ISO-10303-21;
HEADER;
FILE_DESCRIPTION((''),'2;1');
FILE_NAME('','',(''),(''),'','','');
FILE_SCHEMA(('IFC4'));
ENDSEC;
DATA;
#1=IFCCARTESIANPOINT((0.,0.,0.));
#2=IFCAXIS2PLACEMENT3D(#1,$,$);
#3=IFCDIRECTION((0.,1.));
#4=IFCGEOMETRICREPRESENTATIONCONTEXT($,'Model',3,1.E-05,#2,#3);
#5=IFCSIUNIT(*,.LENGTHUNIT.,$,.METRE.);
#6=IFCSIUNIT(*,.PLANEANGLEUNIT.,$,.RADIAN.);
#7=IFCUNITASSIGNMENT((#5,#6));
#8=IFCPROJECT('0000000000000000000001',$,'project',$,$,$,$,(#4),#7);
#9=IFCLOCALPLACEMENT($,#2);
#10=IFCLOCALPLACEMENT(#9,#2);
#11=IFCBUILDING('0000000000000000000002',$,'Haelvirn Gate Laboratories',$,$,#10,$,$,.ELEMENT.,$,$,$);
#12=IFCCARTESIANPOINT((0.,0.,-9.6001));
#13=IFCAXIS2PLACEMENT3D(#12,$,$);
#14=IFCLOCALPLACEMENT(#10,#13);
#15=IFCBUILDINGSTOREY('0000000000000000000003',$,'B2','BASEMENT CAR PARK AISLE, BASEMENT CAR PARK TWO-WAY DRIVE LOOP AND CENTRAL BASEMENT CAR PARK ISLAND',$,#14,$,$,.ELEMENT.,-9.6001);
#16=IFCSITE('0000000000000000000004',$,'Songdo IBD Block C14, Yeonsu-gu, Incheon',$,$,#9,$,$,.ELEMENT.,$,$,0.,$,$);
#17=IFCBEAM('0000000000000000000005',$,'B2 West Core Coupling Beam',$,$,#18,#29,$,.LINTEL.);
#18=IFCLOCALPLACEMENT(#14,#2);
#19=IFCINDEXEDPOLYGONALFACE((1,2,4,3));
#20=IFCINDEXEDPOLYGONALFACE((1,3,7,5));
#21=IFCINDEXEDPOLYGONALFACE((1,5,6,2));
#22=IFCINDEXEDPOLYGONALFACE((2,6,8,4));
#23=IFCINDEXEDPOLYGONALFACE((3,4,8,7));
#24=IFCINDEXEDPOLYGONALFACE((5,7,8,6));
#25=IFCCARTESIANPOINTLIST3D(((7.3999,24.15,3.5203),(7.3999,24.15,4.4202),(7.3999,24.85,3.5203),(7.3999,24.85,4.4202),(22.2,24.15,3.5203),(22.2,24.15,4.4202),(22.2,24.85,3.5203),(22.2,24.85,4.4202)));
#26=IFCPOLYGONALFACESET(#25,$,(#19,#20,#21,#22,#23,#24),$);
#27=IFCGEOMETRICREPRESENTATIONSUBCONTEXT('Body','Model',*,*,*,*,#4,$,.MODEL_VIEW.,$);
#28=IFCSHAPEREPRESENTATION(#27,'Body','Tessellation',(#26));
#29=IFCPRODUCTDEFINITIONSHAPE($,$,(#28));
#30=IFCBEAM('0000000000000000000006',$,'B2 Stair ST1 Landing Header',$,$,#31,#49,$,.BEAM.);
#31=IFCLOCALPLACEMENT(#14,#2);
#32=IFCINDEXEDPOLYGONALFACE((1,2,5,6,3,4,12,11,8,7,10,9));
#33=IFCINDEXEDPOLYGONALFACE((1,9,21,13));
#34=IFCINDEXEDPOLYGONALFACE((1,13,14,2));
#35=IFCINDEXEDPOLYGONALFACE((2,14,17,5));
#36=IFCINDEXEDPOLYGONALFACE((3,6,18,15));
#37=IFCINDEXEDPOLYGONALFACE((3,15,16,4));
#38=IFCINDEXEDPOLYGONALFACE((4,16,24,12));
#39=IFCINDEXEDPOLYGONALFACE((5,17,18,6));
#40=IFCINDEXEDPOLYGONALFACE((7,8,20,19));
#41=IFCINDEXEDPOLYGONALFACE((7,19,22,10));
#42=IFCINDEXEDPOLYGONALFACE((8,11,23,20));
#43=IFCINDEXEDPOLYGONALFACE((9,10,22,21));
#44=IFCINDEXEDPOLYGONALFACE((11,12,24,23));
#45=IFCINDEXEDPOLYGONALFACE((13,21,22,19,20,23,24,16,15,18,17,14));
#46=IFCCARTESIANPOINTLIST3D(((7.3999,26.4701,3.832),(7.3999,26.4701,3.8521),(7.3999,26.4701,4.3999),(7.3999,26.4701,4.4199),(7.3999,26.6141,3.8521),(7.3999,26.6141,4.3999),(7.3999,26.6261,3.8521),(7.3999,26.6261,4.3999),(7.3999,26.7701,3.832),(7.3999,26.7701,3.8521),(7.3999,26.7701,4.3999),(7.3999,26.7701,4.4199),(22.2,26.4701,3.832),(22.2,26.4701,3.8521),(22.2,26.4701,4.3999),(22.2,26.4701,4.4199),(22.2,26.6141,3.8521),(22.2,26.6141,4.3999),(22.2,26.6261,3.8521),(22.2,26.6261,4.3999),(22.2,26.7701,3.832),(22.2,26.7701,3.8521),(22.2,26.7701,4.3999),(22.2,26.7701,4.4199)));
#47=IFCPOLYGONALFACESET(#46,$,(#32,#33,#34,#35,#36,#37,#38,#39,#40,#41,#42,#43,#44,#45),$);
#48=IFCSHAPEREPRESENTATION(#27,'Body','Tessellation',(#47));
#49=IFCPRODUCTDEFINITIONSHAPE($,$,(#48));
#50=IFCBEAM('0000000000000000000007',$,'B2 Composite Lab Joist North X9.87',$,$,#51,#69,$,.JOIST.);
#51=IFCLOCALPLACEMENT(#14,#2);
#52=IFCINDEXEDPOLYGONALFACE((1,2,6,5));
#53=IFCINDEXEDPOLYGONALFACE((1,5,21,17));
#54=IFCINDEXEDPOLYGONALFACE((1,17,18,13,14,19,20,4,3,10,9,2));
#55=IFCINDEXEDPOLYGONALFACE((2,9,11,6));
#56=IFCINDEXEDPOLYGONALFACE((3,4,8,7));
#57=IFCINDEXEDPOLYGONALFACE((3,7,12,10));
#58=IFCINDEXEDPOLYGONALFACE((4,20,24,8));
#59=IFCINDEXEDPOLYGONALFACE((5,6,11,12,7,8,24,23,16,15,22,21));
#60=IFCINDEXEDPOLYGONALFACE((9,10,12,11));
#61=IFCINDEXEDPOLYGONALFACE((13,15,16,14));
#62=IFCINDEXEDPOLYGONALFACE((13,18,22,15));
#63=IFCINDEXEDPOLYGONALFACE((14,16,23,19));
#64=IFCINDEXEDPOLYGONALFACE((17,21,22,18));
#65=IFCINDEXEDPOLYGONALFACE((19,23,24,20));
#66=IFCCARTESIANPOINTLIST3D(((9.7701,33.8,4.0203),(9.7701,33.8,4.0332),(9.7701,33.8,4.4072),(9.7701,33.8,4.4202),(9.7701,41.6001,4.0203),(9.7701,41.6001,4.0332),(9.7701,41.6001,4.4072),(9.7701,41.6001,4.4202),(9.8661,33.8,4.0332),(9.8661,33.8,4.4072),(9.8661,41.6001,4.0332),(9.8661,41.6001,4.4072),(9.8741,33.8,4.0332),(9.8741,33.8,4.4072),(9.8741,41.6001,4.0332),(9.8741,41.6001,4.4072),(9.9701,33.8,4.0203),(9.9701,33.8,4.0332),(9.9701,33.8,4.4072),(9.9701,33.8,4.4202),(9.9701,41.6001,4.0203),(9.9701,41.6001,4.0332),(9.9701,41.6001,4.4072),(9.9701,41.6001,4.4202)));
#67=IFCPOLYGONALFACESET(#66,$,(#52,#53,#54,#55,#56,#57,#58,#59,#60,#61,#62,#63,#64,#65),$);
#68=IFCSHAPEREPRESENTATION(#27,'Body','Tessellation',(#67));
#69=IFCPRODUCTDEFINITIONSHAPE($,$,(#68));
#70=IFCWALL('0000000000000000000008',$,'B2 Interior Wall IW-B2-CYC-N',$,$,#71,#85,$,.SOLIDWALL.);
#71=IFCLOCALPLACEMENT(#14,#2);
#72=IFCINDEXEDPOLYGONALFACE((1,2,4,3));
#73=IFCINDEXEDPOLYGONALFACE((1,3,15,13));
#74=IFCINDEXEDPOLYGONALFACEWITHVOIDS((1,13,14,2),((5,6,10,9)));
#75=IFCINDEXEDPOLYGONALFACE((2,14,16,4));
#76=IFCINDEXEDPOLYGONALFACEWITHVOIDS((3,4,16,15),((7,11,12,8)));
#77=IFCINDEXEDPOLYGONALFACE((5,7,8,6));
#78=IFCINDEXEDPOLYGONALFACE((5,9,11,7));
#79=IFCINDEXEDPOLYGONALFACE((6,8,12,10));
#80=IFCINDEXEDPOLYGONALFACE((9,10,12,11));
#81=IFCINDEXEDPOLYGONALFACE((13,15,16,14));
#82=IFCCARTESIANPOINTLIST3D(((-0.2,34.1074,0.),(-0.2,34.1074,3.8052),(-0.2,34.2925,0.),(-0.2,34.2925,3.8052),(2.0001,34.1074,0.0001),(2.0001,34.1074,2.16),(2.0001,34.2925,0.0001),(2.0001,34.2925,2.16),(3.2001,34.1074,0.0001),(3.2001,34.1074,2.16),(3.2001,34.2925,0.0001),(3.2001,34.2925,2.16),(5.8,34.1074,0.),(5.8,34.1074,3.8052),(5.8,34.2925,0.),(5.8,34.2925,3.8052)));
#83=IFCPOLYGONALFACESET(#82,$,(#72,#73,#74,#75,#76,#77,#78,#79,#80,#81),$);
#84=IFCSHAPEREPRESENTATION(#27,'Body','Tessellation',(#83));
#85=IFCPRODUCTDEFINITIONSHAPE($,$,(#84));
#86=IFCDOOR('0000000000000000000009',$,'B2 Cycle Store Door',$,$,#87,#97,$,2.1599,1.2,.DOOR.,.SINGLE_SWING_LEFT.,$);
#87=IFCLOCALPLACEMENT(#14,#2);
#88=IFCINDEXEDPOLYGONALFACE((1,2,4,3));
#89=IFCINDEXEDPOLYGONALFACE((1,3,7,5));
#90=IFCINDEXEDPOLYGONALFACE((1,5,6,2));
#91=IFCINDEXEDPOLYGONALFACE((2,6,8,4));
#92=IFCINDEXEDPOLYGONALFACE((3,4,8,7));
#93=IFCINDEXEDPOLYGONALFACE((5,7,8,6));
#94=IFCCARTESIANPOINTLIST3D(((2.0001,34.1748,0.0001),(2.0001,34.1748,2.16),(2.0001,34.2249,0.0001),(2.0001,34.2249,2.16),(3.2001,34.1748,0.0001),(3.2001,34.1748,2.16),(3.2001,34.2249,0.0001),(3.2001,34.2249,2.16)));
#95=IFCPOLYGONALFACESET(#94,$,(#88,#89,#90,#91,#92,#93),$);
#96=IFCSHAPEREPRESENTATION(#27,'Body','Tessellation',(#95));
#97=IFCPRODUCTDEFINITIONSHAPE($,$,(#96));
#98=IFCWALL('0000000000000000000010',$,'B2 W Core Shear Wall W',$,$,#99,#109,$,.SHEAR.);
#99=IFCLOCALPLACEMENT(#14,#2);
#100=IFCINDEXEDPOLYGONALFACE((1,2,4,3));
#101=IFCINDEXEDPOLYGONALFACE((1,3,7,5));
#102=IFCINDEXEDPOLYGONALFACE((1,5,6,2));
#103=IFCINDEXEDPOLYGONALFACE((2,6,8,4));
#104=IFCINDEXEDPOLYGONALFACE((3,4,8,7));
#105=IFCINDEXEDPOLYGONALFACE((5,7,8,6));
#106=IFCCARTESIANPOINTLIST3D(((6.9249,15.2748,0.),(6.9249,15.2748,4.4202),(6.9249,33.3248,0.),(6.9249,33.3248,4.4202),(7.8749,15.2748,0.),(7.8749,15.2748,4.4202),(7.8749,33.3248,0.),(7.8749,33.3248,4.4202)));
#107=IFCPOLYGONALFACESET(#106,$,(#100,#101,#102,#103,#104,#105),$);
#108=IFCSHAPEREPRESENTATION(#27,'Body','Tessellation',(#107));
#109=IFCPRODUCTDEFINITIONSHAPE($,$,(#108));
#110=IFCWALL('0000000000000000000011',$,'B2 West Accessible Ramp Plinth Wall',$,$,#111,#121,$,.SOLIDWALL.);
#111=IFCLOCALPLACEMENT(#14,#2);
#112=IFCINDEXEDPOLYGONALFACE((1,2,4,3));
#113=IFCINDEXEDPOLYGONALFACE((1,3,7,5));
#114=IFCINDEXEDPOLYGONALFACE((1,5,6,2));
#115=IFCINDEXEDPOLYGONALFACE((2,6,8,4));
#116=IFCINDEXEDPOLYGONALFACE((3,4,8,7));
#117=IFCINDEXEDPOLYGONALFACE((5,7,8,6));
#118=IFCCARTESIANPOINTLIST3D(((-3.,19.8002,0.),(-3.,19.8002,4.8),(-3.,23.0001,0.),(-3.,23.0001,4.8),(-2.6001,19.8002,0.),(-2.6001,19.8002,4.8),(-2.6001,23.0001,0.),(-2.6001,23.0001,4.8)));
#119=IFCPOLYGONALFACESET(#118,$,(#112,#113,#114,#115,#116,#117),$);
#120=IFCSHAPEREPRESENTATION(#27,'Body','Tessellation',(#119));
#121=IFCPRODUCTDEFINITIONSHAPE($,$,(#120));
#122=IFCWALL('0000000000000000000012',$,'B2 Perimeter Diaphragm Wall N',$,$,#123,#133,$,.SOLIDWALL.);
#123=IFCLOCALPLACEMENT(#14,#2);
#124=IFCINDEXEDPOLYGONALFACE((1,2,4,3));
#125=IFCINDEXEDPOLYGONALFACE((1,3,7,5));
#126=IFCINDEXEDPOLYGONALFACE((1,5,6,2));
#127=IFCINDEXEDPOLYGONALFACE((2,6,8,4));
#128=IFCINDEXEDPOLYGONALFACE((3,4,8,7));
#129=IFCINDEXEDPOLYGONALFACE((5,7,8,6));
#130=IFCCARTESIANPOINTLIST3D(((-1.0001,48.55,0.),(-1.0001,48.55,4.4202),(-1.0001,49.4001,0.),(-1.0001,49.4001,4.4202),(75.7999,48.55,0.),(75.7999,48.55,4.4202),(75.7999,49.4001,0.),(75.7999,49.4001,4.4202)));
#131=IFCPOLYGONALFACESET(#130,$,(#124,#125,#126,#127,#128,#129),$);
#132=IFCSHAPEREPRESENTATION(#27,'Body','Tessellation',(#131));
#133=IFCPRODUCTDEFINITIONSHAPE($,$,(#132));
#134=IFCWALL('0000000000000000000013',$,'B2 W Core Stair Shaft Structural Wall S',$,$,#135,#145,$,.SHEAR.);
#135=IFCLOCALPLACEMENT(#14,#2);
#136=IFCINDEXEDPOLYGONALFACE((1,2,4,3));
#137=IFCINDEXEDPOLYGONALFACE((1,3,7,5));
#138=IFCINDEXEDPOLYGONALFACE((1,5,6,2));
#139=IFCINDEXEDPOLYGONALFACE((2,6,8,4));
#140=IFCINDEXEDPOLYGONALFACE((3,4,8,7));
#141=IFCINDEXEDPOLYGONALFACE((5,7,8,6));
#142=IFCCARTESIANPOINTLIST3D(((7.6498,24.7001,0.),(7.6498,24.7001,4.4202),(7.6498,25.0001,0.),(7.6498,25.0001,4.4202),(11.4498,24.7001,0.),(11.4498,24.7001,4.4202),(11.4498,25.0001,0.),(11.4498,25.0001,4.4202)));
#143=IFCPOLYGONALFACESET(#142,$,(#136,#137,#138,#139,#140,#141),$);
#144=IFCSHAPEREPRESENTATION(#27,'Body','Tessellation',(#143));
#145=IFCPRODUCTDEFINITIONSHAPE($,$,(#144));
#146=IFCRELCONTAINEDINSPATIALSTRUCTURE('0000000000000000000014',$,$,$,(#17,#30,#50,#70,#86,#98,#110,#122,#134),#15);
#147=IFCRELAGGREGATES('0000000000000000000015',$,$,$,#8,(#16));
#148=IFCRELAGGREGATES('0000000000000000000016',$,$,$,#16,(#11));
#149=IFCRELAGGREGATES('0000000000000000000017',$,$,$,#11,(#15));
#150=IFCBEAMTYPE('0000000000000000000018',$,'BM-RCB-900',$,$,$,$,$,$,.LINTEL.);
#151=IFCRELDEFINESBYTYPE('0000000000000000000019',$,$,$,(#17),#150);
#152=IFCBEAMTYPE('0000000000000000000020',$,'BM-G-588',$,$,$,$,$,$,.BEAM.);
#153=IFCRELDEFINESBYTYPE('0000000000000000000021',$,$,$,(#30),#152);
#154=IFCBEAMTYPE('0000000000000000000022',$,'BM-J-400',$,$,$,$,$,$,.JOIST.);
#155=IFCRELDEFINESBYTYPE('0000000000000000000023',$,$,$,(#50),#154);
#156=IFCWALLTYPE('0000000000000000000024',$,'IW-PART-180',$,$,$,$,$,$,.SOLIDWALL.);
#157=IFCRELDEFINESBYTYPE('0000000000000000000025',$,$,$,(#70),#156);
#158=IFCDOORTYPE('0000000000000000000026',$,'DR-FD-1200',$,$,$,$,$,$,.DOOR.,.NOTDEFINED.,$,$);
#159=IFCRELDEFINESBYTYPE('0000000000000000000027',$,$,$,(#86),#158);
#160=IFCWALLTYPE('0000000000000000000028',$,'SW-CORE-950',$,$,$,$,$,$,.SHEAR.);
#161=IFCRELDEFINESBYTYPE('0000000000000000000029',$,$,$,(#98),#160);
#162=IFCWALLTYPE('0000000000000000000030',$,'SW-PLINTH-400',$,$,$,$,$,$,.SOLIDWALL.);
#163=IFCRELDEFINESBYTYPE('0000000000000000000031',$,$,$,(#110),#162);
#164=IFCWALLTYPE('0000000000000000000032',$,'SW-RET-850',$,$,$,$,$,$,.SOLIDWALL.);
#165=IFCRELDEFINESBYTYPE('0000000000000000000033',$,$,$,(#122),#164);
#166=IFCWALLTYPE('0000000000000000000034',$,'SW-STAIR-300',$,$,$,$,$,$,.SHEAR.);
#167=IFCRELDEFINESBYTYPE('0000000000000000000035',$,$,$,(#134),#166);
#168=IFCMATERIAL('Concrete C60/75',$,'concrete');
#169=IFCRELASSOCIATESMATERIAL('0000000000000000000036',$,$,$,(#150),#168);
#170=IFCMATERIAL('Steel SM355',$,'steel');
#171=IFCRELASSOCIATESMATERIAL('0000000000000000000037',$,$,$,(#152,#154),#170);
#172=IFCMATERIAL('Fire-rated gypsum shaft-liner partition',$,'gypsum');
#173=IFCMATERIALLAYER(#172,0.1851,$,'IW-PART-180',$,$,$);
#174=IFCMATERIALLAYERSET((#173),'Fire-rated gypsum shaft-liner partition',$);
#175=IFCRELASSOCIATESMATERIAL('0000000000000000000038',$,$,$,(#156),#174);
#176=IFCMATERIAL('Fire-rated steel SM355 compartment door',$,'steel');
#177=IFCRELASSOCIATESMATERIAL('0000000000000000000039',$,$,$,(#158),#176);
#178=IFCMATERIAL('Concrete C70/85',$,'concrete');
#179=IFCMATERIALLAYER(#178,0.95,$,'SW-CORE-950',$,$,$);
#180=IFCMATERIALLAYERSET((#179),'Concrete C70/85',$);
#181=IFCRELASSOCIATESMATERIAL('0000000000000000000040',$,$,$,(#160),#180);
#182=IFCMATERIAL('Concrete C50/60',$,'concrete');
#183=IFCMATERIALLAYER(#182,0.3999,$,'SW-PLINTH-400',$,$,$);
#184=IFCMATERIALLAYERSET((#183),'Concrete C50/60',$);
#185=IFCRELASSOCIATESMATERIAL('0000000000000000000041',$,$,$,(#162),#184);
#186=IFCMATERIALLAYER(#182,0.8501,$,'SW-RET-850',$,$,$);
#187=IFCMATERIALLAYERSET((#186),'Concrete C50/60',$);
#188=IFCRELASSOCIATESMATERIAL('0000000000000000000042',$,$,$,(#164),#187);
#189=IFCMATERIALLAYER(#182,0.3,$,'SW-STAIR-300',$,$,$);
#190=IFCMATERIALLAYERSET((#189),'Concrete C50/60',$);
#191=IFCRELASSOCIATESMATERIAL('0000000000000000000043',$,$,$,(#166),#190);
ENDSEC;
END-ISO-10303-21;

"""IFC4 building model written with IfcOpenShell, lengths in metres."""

from ifc_helpers import new_model, si_unit, direction, frame, frame_2d, origin, origin_2d, place, context, subcontext, project, spatial, rectangle, i_section, extrude, source, transform, mapped, material, layer, layer_set, material_profile, profile_set, type_object, type_shapes, element, fill, save


model = new_model("IFC4")

# Units and contexts
model_context = context("Model", 3, precision=1e-05, world=origin(), true_north=direction((0.0, 1.0)))
body_context = subcontext(model_context, "Body", "Model", "MODEL_VIEW")
ifc_project = project(units=[si_unit("LENGTHUNIT", "METRE"), si_unit("PLANEANGLEUNIT", "RADIAN")], contexts=[model_context])

# Site, building, storey
site_placement = place(None, origin())
site = spatial("IfcSite", under=ifc_project, at=site_placement, Name="Songdo IBD Block C14, Yeonsu-gu, Incheon", CompositionType="ELEMENT", RefElevation=0.0)
building_placement = place(site_placement, origin())
building = spatial("IfcBuilding", under=site, at=building_placement, Name="Haelvirn Gate Laboratories", CompositionType="ELEMENT")
storey_placement = place(building_placement, frame((0.0, 0.0, -9.6001)))
storey = spatial("IfcBuildingStorey", under=building, at=storey_placement, Name="B2", Description="BASEMENT CAR PARK AISLE, BASEMENT CAR PARK TWO-WAY DRIVE LOOP AND CENTRAL BASEMENT CAR PARK ISLAND", CompositionType="ELEMENT", Elevation=-9.6001)

# Shared definitions
ifc_material_1 = material(Name="Concrete C70/85", Category="concrete")
ifc_material_2 = material(Name="Concrete C60/75", Category="concrete")

# Beams
ifc_material_3 = material(Name="Steel SM355", Category="steel")
ifc_material_profile_1 = material_profile(ifc_material_2, rectangle(XDim=0.7, YDim=0.8999, at=origin_2d()), Name="RCB-700x900")
ifc_profile_set_1 = profile_set([ifc_material_profile_1], Name="Concrete C60/75")
beam_type_1 = type_object("IfcBeamType", Name="BM-RCB-900", PredefinedType="LINTEL", material=ifc_profile_set_1)
shared_shape_1 = source(origin(), body_context, "Body", "SweptSolid", [
    extrude(rectangle(XDim=0.7, YDim=0.8999, at=origin_2d()), origin(), (0.0, 0.0, 1.0), 14.8),
])
type_shapes(beam_type_1, [shared_shape_1])
beam_1_placement = place(storey_placement, frame((7.3999, 24.5, 3.9702), z_axis=(1.0, 0.0, 0.0), x_axis=(0.0, 1.0, 0.0)))
element("IfcBeam", 1, at=beam_1_placement, inside=storey, type_object=beam_type_1, Name="B2 West Core Coupling Beam", PredefinedType="LINTEL", context=body_context, shape_type="MappedRepresentation", body=[
    mapped(shared_shape_1, transform((0.0, 0.0, 0.0), scale=1.0)),
])
ifc_material_profile_2 = material_profile(ifc_material_3, i_section(OverallWidth=0.3, OverallDepth=0.5879, WebThickness=0.012, FlangeThickness=0.02, at=origin_2d()), Name="H-588x300x12x20")
ifc_profile_set_2 = profile_set([ifc_material_profile_2], Name="Steel SM355")
beam_type_2 = type_object("IfcBeamType", Name="BM-G-588", PredefinedType="BEAM", material=ifc_profile_set_2)
shared_shape_2 = source(origin(), body_context, "Body", "SweptSolid", [
    extrude(i_section(OverallWidth=0.3, OverallDepth=0.5879, WebThickness=0.012, FlangeThickness=0.02, at=origin_2d()), origin(), (0.0, 0.0, 1.0), 14.8),
])
type_shapes(beam_type_2, [shared_shape_2])
beam_2_placement = place(storey_placement, frame((7.3999, 26.6201, 4.126), z_axis=(1.0, 0.0, 0.0), x_axis=(0.0, 1.0, 0.0)))
element("IfcBeam", 2, at=beam_2_placement, inside=storey, type_object=beam_type_2, Name="B2 Stair ST1 Landing Header", PredefinedType="BEAM", context=body_context, shape_type="MappedRepresentation", body=[
    mapped(shared_shape_2, transform((0.0, 0.0, 0.0), scale=1.0)),
])
ifc_material_profile_3 = material_profile(ifc_material_3, i_section(OverallWidth=0.2, OverallDepth=0.3999, WebThickness=0.0081, FlangeThickness=0.0129, at=origin_2d()), Name="H-400x200x8x13")
ifc_profile_set_3 = profile_set([ifc_material_profile_3], Name="Steel SM355")
beam_type_3 = type_object("IfcBeamType", Name="BM-J-400", PredefinedType="JOIST", material=ifc_profile_set_3)
shared_shape_3 = source(origin(), body_context, "Body", "SweptSolid", [
    extrude(i_section(OverallWidth=0.2, OverallDepth=0.3999, WebThickness=0.0081, FlangeThickness=0.0129, at=origin_2d()), origin(), (0.0, 0.0, 1.0), 7.8),
])
type_shapes(beam_type_3, [shared_shape_3])
beam_3_placement = place(storey_placement, frame((9.8701, 33.8, 4.2202), z_axis=(0.0, 1.0, 0.0), x_axis=(-1.0, 0.0, 0.0)))
element("IfcBeam", 3, at=beam_3_placement, inside=storey, type_object=beam_type_3, Name="B2 Composite Lab Joist North X9.87", PredefinedType="JOIST", context=body_context, shape_type="MappedRepresentation", body=[
    mapped(shared_shape_3, transform((0.0, 0.0, 0.0), scale=1.0)),
])

# Wall, opening, door
ifc_material_4 = material(Name="Fire-rated gypsum shaft-liner partition", Category="gypsum")
ifc_layer_1 = layer(ifc_material_4, 0.1851, Name="IW-PART-180")
ifc_layer_set_1 = layer_set([ifc_layer_1], Name="Fire-rated gypsum shaft-liner partition")
wall_type_1 = type_object("IfcWallType", Name="IW-PART-180", PredefinedType="SOLIDWALL", material=ifc_layer_set_1)
wall_1_placement = place(storey_placement, frame((-0.2, 34.2, 0.0), z_axis=(0.0, 0.0, 1.0), x_axis=(1.0, 0.0, 0.0)))
wall_1 = element("IfcWall", 4, at=wall_1_placement, inside=storey, type_object=wall_type_1, Name="B2 Interior Wall IW-B2-CYC-N", PredefinedType="SOLIDWALL", context=body_context, shape_type="SweptSolid", body=[
    extrude(rectangle(XDim=6.0, YDim=0.1851, at=frame_2d((3.0, 0.0))), origin(), (0.0, 0.0, 1.0), 3.8052),
])
opening_1_placement = place(wall_1_placement, frame((2.2, 0.0, 0.0)))
opening_1 = element("IfcOpeningElement", 5, at=opening_1_placement, cuts=wall_1, PredefinedType="OPENING", context=body_context, shape_type="SweptSolid", body=[
    extrude(rectangle(XDim=1.2, YDim=2.1599, at=frame_2d((0.6001, 1.0801))), frame((0.0, 0.1025, 0.0), z_axis=(0.0, -1.0, 0.0), x_axis=(1.0, 0.0, 0.0)), (0.0, 0.0, 1.0), 0.2051),
])
ifc_material_5 = material(Name="Fire-rated steel SM355 compartment door", Category="steel")
door_type_1 = type_object("IfcDoorType", Name="DR-FD-1200", OperationType="NOTDEFINED", PredefinedType="DOOR", material=ifc_material_5)
shared_shape_4 = source(origin(), body_context, "Body", "SweptSolid", [
    extrude(rectangle(XDim=1.2, YDim=2.1599, at=frame_2d((0.6001, 1.0801))), frame((0.0, 0.0249, 0.0), z_axis=(0.0, -1.0, 0.0), x_axis=(1.0, 0.0, 0.0)), (0.0, 0.0, 1.0), 0.05),
])
type_shapes(door_type_1, [shared_shape_4])
door_1_placement = place(opening_1_placement, origin())
door_1 = element("IfcDoor", 6, at=door_1_placement, inside=storey, type_object=door_type_1, Name="B2 Cycle Store Door", OperationType="SINGLE_SWING_LEFT", OverallHeight=2.1599, OverallWidth=1.2, PredefinedType="DOOR", context=body_context, shape_type="MappedRepresentation", body=[
    mapped(shared_shape_4, transform((0.0, 0.0, 0.0), scale=1.0)),
])
fill(opening_1, door_1)

# Shared definitions
ifc_layer_2 = layer(ifc_material_1, 0.95, Name="SW-CORE-950")
ifc_layer_set_2 = layer_set([ifc_layer_2], Name="Concrete C70/85")
wall_type_2 = type_object("IfcWallType", Name="SW-CORE-950", PredefinedType="SHEAR", material=ifc_layer_set_2)

# Walls
wall_2_placement = place(storey_placement, frame((7.3999, 15.2749, 0.0), z_axis=(0.0, 0.0, 1.0), x_axis=(0.0, 1.0, 0.0)))
element("IfcWall", 7, at=wall_2_placement, inside=storey, type_object=wall_type_2, Name="B2 W Core Shear Wall W", PredefinedType="SHEAR", context=body_context, shape_type="SweptSolid", body=[
    extrude(rectangle(XDim=18.05, YDim=0.95, at=frame_2d((9.0249, 0.0))), origin(), (0.0, 0.0, 1.0), 4.4202),
])
ifc_material_6 = material(Name="Concrete C50/60", Category="concrete")
ifc_layer_3 = layer(ifc_material_6, 0.3999, Name="SW-PLINTH-400")
ifc_layer_set_3 = layer_set([ifc_layer_3], Name="Concrete C50/60")
wall_type_3 = type_object("IfcWallType", Name="SW-PLINTH-400", PredefinedType="SOLIDWALL", material=ifc_layer_set_3)
wall_3_placement = place(storey_placement, frame((-2.8, 19.8, 0.0), z_axis=(0.0, 0.0, 1.0), x_axis=(0.0, 1.0, 0.0)))
element("IfcWall", 8, at=wall_3_placement, inside=storey, type_object=wall_type_3, Name="B2 West Accessible Ramp Plinth Wall", PredefinedType="SOLIDWALL", context=body_context, shape_type="SweptSolid", body=[
    extrude(rectangle(XDim=3.2, YDim=0.3999, at=frame_2d((1.6001, 0.0))), origin(), (0.0, 0.0, 1.0), 4.8),
])
ifc_layer_4 = layer(ifc_material_6, 0.8501, Name="SW-RET-850")
ifc_layer_set_4 = layer_set([ifc_layer_4], Name="Concrete C50/60")
wall_type_4 = type_object("IfcWallType", Name="SW-RET-850", PredefinedType="SOLIDWALL", material=ifc_layer_set_4)
wall_4_placement = place(storey_placement, frame((-1.0, 48.9751, 0.0), z_axis=(0.0, 0.0, 1.0), x_axis=(1.0, 0.0, 0.0)))
element("IfcWall", 9, at=wall_4_placement, inside=storey, type_object=wall_type_4, Name="B2 Perimeter Diaphragm Wall N", PredefinedType="SOLIDWALL", context=body_context, shape_type="SweptSolid", body=[
    extrude(rectangle(XDim=76.8, YDim=0.8501, at=frame_2d((38.3999, 0.0))), origin(), (0.0, 0.0, 1.0), 4.4202),
])
ifc_layer_5 = layer(ifc_material_6, 0.3, Name="SW-STAIR-300")
ifc_layer_set_5 = layer_set([ifc_layer_5], Name="Concrete C50/60")
wall_type_5 = type_object("IfcWallType", Name="SW-STAIR-300", PredefinedType="SHEAR", material=ifc_layer_set_5)
wall_5_placement = place(storey_placement, frame((7.6499, 24.8501, 0.0), z_axis=(0.0, 0.0, 1.0), x_axis=(1.0, 0.0, 0.0)))
element("IfcWall", 10, at=wall_5_placement, inside=storey, type_object=wall_type_5, Name="B2 W Core Stair Shaft Structural Wall S", PredefinedType="SHEAR", context=body_context, shape_type="SweptSolid", body=[
    extrude(rectangle(XDim=3.8, YDim=0.3, at=frame_2d((1.8999, 0.0))), origin(), (0.0, 0.0, 1.0), 4.4202),
])

save(model, "model.ifc")
